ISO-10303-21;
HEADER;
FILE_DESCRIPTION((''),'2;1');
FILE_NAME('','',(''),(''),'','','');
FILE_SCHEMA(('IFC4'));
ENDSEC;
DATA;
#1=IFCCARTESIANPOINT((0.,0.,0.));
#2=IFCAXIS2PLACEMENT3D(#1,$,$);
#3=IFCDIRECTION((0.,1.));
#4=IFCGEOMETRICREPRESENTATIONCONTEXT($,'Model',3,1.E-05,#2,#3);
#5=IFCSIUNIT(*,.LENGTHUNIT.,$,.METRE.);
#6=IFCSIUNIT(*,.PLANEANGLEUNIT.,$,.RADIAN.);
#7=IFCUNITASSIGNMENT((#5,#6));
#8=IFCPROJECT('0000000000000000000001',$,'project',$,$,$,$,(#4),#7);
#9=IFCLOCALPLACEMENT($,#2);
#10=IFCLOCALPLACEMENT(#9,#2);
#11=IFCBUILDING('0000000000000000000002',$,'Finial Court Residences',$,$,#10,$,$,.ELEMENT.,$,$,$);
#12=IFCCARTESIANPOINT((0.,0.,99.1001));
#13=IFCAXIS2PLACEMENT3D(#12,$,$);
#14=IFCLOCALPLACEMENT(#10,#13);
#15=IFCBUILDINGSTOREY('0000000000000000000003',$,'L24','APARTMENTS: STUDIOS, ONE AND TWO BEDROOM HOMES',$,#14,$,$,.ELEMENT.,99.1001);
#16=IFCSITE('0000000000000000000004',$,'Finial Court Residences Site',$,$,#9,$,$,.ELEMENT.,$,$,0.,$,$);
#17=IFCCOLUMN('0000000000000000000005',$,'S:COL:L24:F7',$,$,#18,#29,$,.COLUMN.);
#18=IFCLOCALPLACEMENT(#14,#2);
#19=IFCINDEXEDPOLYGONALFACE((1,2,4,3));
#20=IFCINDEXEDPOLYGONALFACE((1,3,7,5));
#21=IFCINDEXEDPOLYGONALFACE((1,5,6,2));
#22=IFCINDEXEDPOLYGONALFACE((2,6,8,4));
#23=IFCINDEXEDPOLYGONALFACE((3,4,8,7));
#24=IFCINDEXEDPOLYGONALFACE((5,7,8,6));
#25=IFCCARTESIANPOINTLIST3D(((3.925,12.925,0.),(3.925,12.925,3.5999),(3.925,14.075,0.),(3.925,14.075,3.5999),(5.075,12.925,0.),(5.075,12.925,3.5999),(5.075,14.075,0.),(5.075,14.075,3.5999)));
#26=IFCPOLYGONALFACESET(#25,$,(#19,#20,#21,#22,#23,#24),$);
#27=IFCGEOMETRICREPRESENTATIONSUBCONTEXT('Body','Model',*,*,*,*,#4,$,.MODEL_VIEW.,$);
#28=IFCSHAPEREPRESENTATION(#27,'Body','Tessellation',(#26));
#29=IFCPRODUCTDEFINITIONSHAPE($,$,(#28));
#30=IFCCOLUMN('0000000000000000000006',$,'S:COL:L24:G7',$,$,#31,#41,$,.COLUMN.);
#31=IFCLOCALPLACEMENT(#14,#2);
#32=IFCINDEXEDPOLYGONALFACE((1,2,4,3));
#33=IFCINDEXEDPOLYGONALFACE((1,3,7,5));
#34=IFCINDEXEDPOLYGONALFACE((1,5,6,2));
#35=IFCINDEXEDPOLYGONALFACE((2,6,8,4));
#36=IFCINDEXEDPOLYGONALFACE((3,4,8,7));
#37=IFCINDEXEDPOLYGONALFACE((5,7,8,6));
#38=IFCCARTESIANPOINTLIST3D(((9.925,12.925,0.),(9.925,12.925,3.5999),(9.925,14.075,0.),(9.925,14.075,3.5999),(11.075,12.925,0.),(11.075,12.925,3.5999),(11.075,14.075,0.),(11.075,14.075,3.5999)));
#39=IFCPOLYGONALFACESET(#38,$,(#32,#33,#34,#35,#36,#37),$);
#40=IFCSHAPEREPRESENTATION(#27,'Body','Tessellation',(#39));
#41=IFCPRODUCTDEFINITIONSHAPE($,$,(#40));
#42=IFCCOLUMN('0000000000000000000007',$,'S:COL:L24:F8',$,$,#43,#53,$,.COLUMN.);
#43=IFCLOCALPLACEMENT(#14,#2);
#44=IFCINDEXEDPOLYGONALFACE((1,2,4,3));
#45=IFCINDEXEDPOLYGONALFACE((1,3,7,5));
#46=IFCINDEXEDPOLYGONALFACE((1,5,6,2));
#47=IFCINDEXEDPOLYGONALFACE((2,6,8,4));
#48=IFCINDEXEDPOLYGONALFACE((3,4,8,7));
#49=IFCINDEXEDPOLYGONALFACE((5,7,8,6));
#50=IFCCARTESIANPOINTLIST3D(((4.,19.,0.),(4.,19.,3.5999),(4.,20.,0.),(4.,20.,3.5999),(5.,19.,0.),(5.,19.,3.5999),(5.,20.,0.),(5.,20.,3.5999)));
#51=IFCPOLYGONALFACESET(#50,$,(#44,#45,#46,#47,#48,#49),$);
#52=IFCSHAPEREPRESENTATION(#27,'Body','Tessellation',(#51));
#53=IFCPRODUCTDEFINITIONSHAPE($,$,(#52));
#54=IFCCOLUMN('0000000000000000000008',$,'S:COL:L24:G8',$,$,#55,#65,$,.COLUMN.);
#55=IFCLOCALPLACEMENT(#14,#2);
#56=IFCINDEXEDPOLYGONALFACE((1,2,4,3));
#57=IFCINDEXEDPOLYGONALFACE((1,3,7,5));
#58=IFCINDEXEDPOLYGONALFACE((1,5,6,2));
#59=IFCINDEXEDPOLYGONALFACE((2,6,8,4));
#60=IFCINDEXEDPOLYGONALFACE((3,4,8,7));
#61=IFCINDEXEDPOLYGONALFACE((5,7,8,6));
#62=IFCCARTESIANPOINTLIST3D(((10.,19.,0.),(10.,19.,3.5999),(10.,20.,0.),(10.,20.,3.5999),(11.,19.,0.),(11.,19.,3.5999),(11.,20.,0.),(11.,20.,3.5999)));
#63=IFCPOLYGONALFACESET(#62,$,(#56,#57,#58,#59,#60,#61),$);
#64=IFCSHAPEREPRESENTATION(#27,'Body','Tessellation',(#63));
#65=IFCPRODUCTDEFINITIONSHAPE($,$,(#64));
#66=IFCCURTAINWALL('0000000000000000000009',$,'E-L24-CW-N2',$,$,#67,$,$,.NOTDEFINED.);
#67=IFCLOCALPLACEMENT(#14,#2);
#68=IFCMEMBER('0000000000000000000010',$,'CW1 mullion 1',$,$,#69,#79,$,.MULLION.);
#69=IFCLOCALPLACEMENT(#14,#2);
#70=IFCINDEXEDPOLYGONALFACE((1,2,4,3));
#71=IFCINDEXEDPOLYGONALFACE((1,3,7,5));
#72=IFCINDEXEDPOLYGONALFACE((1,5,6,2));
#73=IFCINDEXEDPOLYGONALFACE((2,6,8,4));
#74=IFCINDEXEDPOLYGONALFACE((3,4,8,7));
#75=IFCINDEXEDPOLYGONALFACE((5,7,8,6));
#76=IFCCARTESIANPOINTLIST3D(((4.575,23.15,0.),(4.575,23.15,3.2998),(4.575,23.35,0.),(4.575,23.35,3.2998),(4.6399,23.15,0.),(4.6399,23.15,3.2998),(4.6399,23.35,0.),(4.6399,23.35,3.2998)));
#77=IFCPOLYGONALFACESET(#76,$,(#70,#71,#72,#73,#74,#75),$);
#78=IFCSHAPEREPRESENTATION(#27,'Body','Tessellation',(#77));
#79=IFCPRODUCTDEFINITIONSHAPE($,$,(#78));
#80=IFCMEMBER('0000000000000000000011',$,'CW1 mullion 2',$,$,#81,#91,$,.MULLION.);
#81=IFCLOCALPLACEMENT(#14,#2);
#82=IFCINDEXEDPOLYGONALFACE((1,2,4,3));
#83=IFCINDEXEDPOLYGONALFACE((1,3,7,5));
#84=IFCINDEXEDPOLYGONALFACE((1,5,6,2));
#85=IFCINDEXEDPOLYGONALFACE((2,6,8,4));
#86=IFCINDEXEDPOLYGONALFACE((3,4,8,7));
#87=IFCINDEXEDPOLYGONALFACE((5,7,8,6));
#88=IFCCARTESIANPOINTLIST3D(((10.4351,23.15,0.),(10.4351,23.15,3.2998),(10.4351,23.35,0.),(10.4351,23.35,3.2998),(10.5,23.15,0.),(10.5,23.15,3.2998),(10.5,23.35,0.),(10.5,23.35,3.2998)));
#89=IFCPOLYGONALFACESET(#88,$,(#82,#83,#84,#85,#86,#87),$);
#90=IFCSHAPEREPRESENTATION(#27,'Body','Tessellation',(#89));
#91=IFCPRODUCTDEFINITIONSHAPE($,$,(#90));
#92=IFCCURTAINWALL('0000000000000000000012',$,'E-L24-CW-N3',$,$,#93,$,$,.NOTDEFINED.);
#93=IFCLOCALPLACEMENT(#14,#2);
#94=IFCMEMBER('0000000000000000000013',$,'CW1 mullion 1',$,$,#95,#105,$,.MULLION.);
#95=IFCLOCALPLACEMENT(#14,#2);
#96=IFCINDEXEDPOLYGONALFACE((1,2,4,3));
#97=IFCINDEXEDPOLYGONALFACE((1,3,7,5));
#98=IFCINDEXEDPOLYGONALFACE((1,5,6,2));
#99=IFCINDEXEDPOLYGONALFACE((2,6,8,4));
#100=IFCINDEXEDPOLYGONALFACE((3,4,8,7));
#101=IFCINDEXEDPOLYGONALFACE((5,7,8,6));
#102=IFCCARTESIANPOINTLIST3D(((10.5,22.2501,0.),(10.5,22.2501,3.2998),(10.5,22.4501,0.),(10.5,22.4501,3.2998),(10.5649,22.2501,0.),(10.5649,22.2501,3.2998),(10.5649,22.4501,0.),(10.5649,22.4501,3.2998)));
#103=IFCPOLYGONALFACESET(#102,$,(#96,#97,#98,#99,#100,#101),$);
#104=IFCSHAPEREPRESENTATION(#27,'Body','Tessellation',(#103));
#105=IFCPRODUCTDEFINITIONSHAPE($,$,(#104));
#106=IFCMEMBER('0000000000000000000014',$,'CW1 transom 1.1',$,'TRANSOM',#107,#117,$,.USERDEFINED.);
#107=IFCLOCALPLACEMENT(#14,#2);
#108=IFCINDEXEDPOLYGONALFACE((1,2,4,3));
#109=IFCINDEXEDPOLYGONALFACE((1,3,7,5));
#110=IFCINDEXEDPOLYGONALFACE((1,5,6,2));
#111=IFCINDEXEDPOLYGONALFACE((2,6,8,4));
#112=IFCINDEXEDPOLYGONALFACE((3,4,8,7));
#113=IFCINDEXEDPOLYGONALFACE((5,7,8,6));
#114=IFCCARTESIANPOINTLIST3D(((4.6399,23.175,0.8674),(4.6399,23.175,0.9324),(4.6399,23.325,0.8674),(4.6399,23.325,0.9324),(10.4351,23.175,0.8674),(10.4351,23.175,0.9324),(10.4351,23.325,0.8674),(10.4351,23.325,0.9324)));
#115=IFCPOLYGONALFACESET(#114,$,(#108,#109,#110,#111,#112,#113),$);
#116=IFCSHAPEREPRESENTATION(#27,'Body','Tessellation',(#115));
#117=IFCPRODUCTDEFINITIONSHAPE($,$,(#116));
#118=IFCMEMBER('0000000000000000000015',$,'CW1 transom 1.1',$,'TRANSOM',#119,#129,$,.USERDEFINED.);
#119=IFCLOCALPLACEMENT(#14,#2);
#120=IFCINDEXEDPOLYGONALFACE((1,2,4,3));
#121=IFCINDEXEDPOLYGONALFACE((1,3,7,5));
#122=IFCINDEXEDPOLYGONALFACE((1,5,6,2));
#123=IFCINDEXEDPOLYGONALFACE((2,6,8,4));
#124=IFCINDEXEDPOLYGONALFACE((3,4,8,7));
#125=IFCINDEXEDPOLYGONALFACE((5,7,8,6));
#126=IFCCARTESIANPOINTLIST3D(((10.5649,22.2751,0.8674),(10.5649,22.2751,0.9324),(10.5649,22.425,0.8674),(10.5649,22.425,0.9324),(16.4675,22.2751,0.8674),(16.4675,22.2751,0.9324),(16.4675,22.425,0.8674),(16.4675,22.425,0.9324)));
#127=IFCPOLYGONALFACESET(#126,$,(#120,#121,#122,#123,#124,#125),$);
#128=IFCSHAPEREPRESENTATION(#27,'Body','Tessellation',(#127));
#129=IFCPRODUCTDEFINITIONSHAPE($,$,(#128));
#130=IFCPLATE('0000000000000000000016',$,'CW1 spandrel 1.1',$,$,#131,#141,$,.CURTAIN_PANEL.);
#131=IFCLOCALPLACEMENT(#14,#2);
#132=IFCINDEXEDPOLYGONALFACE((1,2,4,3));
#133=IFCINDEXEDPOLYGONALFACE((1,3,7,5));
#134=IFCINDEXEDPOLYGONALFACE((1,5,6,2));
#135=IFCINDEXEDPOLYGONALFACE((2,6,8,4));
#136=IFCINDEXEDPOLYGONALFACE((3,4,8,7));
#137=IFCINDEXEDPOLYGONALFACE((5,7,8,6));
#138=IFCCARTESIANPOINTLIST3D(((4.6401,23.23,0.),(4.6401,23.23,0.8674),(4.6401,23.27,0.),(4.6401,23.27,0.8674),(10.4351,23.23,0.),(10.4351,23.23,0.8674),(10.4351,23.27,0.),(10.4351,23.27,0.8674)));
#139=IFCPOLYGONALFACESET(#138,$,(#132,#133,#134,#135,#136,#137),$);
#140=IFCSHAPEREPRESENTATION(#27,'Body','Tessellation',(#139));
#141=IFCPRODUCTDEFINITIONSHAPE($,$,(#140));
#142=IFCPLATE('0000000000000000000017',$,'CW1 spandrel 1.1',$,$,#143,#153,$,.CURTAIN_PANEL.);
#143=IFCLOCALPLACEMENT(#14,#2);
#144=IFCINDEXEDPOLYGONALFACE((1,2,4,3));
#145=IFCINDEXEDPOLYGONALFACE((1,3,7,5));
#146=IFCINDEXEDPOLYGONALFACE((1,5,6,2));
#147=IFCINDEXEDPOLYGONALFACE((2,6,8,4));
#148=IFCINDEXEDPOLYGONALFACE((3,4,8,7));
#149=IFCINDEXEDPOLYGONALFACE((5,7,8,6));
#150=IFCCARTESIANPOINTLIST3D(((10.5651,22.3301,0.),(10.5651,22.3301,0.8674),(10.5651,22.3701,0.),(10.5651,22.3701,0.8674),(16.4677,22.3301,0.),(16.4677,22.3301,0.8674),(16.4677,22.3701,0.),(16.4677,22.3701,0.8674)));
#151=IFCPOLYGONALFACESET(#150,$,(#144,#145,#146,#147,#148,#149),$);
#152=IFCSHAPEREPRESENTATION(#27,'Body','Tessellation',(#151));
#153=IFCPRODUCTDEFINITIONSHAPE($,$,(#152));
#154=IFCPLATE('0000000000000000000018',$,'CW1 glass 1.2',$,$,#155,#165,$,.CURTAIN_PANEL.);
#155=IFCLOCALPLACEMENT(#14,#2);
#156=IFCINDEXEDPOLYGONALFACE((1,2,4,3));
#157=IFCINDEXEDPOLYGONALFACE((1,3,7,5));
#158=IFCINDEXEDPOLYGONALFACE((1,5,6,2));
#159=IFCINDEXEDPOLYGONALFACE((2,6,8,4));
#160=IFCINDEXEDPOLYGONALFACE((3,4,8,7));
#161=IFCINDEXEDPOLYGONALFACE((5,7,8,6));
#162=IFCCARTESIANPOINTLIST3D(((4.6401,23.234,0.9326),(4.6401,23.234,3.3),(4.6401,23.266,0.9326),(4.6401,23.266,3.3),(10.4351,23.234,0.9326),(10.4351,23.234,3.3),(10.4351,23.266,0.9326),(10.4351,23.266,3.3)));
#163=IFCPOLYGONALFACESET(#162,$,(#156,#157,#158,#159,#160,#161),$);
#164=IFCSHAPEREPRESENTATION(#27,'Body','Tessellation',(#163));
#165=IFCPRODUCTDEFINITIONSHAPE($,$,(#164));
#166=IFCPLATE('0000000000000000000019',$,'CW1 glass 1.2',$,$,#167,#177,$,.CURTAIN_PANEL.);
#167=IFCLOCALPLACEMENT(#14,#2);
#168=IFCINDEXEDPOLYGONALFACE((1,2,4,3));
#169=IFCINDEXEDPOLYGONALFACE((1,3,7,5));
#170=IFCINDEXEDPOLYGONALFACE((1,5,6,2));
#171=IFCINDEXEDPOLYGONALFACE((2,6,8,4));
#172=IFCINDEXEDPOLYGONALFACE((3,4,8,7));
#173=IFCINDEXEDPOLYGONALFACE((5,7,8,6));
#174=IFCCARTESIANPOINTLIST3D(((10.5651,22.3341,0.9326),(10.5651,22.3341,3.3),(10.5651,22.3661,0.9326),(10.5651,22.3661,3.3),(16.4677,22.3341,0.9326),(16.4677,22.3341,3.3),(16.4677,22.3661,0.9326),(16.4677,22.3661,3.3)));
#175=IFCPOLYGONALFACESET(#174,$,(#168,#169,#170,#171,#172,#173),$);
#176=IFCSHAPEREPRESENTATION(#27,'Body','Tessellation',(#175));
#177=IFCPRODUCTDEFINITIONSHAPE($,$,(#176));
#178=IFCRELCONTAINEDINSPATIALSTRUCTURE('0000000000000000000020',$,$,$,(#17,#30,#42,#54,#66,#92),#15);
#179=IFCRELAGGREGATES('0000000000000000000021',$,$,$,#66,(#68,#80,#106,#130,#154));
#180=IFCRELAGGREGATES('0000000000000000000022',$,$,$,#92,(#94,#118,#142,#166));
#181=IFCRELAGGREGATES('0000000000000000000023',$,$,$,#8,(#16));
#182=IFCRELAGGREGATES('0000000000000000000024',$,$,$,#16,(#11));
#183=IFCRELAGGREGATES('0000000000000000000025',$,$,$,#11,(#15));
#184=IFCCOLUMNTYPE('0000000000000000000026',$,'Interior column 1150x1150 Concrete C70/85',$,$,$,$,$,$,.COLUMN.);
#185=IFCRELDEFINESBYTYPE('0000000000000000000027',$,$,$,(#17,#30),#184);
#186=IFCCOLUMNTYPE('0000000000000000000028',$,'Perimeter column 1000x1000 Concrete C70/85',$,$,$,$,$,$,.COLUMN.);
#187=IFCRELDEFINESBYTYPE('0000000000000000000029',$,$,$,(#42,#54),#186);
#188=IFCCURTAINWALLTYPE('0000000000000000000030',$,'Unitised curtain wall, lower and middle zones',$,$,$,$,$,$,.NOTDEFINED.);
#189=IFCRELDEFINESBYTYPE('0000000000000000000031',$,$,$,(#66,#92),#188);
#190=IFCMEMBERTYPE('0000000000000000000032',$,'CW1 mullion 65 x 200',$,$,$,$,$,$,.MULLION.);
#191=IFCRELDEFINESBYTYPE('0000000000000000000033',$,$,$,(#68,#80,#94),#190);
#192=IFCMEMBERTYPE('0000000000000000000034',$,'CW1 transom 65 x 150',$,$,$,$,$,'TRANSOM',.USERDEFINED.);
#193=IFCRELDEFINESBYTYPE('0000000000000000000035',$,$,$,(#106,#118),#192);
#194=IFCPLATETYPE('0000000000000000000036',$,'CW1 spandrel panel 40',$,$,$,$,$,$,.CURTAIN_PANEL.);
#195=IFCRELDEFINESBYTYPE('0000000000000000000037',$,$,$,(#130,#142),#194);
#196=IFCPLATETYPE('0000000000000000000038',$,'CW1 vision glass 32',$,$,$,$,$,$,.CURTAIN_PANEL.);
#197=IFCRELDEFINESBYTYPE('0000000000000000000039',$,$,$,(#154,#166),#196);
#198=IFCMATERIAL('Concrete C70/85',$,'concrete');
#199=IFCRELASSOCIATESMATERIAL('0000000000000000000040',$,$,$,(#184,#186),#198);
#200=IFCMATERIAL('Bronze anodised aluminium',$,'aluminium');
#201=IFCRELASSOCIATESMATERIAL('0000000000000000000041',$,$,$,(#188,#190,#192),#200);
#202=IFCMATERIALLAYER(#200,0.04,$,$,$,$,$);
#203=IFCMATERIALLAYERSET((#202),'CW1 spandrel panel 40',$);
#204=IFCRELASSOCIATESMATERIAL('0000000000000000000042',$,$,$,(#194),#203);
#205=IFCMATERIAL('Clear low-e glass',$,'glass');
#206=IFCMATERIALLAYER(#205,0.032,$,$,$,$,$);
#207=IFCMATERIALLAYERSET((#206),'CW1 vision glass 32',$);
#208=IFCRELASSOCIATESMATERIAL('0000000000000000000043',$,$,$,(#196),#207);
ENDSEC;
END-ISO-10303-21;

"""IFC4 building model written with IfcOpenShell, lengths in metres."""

from ifc_helpers import new_model, si_unit, direction, frame, origin, origin_2d, place, context, subcontext, project, spatial, rectangle, extrude, material, layer, layer_set, material_profile, profile_set, type_object, element, aggregate, save


model = new_model("IFC4")

# Units and contexts
model_context = context("Model", 3, precision=1e-05, world=origin(), true_north=direction((0.0, 1.0)))
body_context = subcontext(model_context, "Body", "Model", "MODEL_VIEW")
ifc_project = project(units=[si_unit("LENGTHUNIT", "METRE"), si_unit("PLANEANGLEUNIT", "RADIAN")], contexts=[model_context])

# Site, building, storey
site_placement = place(None, origin())
site = spatial("IfcSite", under=ifc_project, at=site_placement, Name="Finial Court Residences Site", CompositionType="ELEMENT", RefElevation=0.0)
building_placement = place(site_placement, origin())
building = spatial("IfcBuilding", under=site, at=building_placement, Name="Finial Court Residences", CompositionType="ELEMENT")
storey_placement = place(building_placement, frame((0.0, 0.0, 99.1001)))
storey = spatial("IfcBuildingStorey", under=building, at=storey_placement, Name="L24", Description="APARTMENTS: STUDIOS, ONE AND TWO BEDROOM HOMES", CompositionType="ELEMENT", Elevation=99.1001)

# Columns
ifc_material_1 = material(Name="Concrete C70/85", Category="concrete")
ifc_material_profile_1 = material_profile(ifc_material_1, rectangle(XDim=1.1499, YDim=1.1499, at=origin_2d()), Name="1150x1150")
ifc_profile_set_1 = profile_set([ifc_material_profile_1], Name="Concrete C70/85")
column_type_1 = type_object("IfcColumnType", Name="Interior column 1150x1150 Concrete C70/85", PredefinedType="COLUMN", material=ifc_profile_set_1)
for number, where, z_axis, x_axis, name in (
    (1, (4.5, 13.5, 0.0), (0.0, 0.0, 1.0), (1.0, 0.0, 0.0), "S:COL:L24:F7"),
    (2, (10.5, 13.5, 0.0), (0.0, 0.0, 1.0), (1.0, 0.0, 0.0), "S:COL:L24:G7"),
):
    element("IfcColumn", number, at=place(storey_placement, frame(where, z_axis=z_axis, x_axis=x_axis)), inside=storey, type_object=column_type_1, Name=name, PredefinedType="COLUMN", context=body_context, shape_type="SweptSolid", body=[
        extrude(rectangle(XDim=1.1499, YDim=1.1499, at=origin_2d()), origin(), (0.0, 0.0, 1.0), 3.5999),
    ])
ifc_material_profile_2 = material_profile(ifc_material_1, rectangle(XDim=1.0, YDim=1.0, at=origin_2d()), Name="1000x1000")
ifc_profile_set_2 = profile_set([ifc_material_profile_2], Name="Concrete C70/85")
column_type_2 = type_object("IfcColumnType", Name="Perimeter column 1000x1000 Concrete C70/85", PredefinedType="COLUMN", material=ifc_profile_set_2)
for number, where, z_axis, x_axis, name in (
    (3, (4.5, 19.5, 0.0), (0.0, 0.0, 1.0), (1.0, 0.0, 0.0), "S:COL:L24:F8"),
    (4, (10.5, 19.5, 0.0), (0.0, 0.0, 1.0), (1.0, 0.0, 0.0), "S:COL:L24:G8"),
):
    element("IfcColumn", number, at=place(storey_placement, frame(where, z_axis=z_axis, x_axis=x_axis)), inside=storey, type_object=column_type_2, Name=name, PredefinedType="COLUMN", context=body_context, shape_type="SweptSolid", body=[
        extrude(rectangle(XDim=1.0, YDim=1.0, at=origin_2d()), origin(), (0.0, 0.0, 1.0), 3.5999),
    ])

# Curtain wall, members
ifc_material_2 = material(Name="Bronze anodised aluminium", Category="aluminium")
curtain_wall_type = type_object("IfcCurtainWallType", Name="Unitised curtain wall, lower and middle zones", PredefinedType="NOTDEFINED", material=ifc_material_2)
curtain_wall_1_placement = place(storey_placement, origin())
curtain_wall_1 = element("IfcCurtainWall", 5, at=curtain_wall_1_placement, inside=storey, type_object=curtain_wall_type, Name="E-L24-CW-N2", PredefinedType="NOTDEFINED")
ifc_material_profile_3 = material_profile(ifc_material_2, rectangle(XDim=0.2, YDim=0.0649, at=origin_2d()), Name="CW1 mullion 65 x 200")
ifc_profile_set_3 = profile_set([ifc_material_profile_3], Name="Bronze anodised aluminium")
member_type_1 = type_object("IfcMemberType", Name="CW1 mullion 65 x 200", PredefinedType="MULLION", material=ifc_profile_set_3)
member_1_placement = place(storey_placement, frame((4.6074, 23.25, 0.0), z_axis=(0.0, 0.0, 1.0), x_axis=(0.0, 1.0, 0.0)))
member_1 = element("IfcMember", 6, at=member_1_placement, type_object=member_type_1, Name="CW1 mullion 1", PredefinedType="MULLION", context=body_context, shape_type="SweptSolid", body=[
    extrude(rectangle(XDim=0.2, YDim=0.0649, at=origin_2d()), origin(), (0.0, 0.0, 1.0), 3.2998),
])
member_2_placement = place(storey_placement, frame((10.4675, 23.25, 0.0), z_axis=(0.0, 0.0, 1.0), x_axis=(0.0, 1.0, 0.0)))
member_2 = element("IfcMember", 7, at=member_2_placement, type_object=member_type_1, Name="CW1 mullion 2", PredefinedType="MULLION", context=body_context, shape_type="SweptSolid", body=[
    extrude(rectangle(XDim=0.2, YDim=0.0649, at=origin_2d()), origin(), (0.0, 0.0, 1.0), 3.2998),
])

# Curtain wall, member
curtain_wall_2_placement = place(storey_placement, origin())
curtain_wall_2 = element("IfcCurtainWall", 8, at=curtain_wall_2_placement, inside=storey, type_object=curtain_wall_type, Name="E-L24-CW-N3", PredefinedType="NOTDEFINED")
member_3_placement = place(storey_placement, frame((10.5325, 22.3501, 0.0), z_axis=(0.0, 0.0, 1.0), x_axis=(0.0, 1.0, 0.0)))
member_3 = element("IfcMember", 9, at=member_3_placement, type_object=member_type_1, Name="CW1 mullion 1", PredefinedType="MULLION", context=body_context, shape_type="SweptSolid", body=[
    extrude(rectangle(XDim=0.2, YDim=0.0649, at=origin_2d()), origin(), (0.0, 0.0, 1.0), 3.2998),
])

# Members
ifc_material_profile_4 = material_profile(ifc_material_2, rectangle(XDim=0.1499, YDim=0.0649, at=origin_2d()), Name="CW1 transom 65 x 150")
ifc_profile_set_4 = profile_set([ifc_material_profile_4], Name="Bronze anodised aluminium")
member_type_2 = type_object("IfcMemberType", Name="CW1 transom 65 x 150", ElementType="TRANSOM", PredefinedType="USERDEFINED", material=ifc_profile_set_4)
member_4_placement = place(storey_placement, frame((4.6399, 23.25, 0.8999), z_axis=(1.0, 0.0, 0.0), x_axis=(0.0, 1.0, 0.0)))
member_4 = element("IfcMember", 10, at=member_4_placement, type_object=member_type_2, Name="CW1 transom 1.1", ObjectType="TRANSOM", PredefinedType="USERDEFINED", context=body_context, shape_type="SweptSolid", body=[
    extrude(rectangle(XDim=0.1499, YDim=0.0649, at=origin_2d()), origin(), (0.0, 0.0, 1.0), 5.7952),
])
member_5_placement = place(storey_placement, frame((10.5649, 22.3501, 0.8999), z_axis=(1.0, 0.0, 0.0), x_axis=(0.0, 1.0, 0.0)))
member_5 = element("IfcMember", 11, at=member_5_placement, type_object=member_type_2, Name="CW1 transom 1.1", ObjectType="TRANSOM", PredefinedType="USERDEFINED", context=body_context, shape_type="SweptSolid", body=[
    extrude(rectangle(XDim=0.1499, YDim=0.0649, at=origin_2d()), origin(), (0.0, 0.0, 1.0), 5.9026),
])

# Plates
ifc_layer_1 = layer(ifc_material_2, 0.04)
ifc_layer_set_1 = layer_set([ifc_layer_1], Name="CW1 spandrel panel 40")
plate_type_1 = type_object("IfcPlateType", Name="CW1 spandrel panel 40", PredefinedType="CURTAIN_PANEL", material=ifc_layer_set_1)
plate_1_placement = place(storey_placement, frame((7.5376, 23.25, 0.0), z_axis=(0.0, 0.0, 1.0), x_axis=(1.0, 0.0, 0.0)))
plate_1 = element("IfcPlate", 12, at=plate_1_placement, type_object=plate_type_1, Name="CW1 spandrel 1.1", PredefinedType="CURTAIN_PANEL", context=body_context, shape_type="SweptSolid", body=[
    extrude(rectangle(XDim=5.7949, YDim=0.04, at=origin_2d()), origin(), (0.0, 0.0, 1.0), 0.8674),
])
plate_2_placement = place(storey_placement, frame((13.5164, 22.3501, 0.0), z_axis=(0.0, 0.0, 1.0), x_axis=(1.0, 0.0, 0.0)))
plate_2 = element("IfcPlate", 13, at=plate_2_placement, type_object=plate_type_1, Name="CW1 spandrel 1.1", PredefinedType="CURTAIN_PANEL", context=body_context, shape_type="SweptSolid", body=[
    extrude(rectangle(XDim=5.9026, YDim=0.04, at=origin_2d()), origin(), (0.0, 0.0, 1.0), 0.8674),
])
ifc_material_3 = material(Name="Clear low-e glass", Category="glass")
ifc_layer_2 = layer(ifc_material_3, 0.032)
ifc_layer_set_2 = layer_set([ifc_layer_2], Name="CW1 vision glass 32")
plate_type_2 = type_object("IfcPlateType", Name="CW1 vision glass 32", PredefinedType="CURTAIN_PANEL", material=ifc_layer_set_2)
plate_3_placement = place(storey_placement, frame((7.5376, 23.25, 0.9326), z_axis=(0.0, 0.0, 1.0), x_axis=(1.0, 0.0, 0.0)))
plate_3 = element("IfcPlate", 14, at=plate_3_placement, type_object=plate_type_2, Name="CW1 glass 1.2", PredefinedType="CURTAIN_PANEL", context=body_context, shape_type="SweptSolid", body=[
    extrude(rectangle(XDim=5.7949, YDim=0.032, at=origin_2d()), origin(), (0.0, 0.0, 1.0), 2.3674),
])
aggregate(curtain_wall_1, [member_1, member_2, member_4, plate_1, plate_3])
plate_4_placement = place(storey_placement, frame((13.5164, 22.3501, 0.9326), z_axis=(0.0, 0.0, 1.0), x_axis=(1.0, 0.0, 0.0)))
plate_4 = element("IfcPlate", 15, at=plate_4_placement, type_object=plate_type_2, Name="CW1 glass 1.2", PredefinedType="CURTAIN_PANEL", context=body_context, shape_type="SweptSolid", body=[
    extrude(rectangle(XDim=5.9026, YDim=0.032, at=origin_2d()), origin(), (0.0, 0.0, 1.0), 2.3674),
])
aggregate(curtain_wall_2, [member_3, member_5, plate_2, plate_4])

save(model, "model.ifc")
